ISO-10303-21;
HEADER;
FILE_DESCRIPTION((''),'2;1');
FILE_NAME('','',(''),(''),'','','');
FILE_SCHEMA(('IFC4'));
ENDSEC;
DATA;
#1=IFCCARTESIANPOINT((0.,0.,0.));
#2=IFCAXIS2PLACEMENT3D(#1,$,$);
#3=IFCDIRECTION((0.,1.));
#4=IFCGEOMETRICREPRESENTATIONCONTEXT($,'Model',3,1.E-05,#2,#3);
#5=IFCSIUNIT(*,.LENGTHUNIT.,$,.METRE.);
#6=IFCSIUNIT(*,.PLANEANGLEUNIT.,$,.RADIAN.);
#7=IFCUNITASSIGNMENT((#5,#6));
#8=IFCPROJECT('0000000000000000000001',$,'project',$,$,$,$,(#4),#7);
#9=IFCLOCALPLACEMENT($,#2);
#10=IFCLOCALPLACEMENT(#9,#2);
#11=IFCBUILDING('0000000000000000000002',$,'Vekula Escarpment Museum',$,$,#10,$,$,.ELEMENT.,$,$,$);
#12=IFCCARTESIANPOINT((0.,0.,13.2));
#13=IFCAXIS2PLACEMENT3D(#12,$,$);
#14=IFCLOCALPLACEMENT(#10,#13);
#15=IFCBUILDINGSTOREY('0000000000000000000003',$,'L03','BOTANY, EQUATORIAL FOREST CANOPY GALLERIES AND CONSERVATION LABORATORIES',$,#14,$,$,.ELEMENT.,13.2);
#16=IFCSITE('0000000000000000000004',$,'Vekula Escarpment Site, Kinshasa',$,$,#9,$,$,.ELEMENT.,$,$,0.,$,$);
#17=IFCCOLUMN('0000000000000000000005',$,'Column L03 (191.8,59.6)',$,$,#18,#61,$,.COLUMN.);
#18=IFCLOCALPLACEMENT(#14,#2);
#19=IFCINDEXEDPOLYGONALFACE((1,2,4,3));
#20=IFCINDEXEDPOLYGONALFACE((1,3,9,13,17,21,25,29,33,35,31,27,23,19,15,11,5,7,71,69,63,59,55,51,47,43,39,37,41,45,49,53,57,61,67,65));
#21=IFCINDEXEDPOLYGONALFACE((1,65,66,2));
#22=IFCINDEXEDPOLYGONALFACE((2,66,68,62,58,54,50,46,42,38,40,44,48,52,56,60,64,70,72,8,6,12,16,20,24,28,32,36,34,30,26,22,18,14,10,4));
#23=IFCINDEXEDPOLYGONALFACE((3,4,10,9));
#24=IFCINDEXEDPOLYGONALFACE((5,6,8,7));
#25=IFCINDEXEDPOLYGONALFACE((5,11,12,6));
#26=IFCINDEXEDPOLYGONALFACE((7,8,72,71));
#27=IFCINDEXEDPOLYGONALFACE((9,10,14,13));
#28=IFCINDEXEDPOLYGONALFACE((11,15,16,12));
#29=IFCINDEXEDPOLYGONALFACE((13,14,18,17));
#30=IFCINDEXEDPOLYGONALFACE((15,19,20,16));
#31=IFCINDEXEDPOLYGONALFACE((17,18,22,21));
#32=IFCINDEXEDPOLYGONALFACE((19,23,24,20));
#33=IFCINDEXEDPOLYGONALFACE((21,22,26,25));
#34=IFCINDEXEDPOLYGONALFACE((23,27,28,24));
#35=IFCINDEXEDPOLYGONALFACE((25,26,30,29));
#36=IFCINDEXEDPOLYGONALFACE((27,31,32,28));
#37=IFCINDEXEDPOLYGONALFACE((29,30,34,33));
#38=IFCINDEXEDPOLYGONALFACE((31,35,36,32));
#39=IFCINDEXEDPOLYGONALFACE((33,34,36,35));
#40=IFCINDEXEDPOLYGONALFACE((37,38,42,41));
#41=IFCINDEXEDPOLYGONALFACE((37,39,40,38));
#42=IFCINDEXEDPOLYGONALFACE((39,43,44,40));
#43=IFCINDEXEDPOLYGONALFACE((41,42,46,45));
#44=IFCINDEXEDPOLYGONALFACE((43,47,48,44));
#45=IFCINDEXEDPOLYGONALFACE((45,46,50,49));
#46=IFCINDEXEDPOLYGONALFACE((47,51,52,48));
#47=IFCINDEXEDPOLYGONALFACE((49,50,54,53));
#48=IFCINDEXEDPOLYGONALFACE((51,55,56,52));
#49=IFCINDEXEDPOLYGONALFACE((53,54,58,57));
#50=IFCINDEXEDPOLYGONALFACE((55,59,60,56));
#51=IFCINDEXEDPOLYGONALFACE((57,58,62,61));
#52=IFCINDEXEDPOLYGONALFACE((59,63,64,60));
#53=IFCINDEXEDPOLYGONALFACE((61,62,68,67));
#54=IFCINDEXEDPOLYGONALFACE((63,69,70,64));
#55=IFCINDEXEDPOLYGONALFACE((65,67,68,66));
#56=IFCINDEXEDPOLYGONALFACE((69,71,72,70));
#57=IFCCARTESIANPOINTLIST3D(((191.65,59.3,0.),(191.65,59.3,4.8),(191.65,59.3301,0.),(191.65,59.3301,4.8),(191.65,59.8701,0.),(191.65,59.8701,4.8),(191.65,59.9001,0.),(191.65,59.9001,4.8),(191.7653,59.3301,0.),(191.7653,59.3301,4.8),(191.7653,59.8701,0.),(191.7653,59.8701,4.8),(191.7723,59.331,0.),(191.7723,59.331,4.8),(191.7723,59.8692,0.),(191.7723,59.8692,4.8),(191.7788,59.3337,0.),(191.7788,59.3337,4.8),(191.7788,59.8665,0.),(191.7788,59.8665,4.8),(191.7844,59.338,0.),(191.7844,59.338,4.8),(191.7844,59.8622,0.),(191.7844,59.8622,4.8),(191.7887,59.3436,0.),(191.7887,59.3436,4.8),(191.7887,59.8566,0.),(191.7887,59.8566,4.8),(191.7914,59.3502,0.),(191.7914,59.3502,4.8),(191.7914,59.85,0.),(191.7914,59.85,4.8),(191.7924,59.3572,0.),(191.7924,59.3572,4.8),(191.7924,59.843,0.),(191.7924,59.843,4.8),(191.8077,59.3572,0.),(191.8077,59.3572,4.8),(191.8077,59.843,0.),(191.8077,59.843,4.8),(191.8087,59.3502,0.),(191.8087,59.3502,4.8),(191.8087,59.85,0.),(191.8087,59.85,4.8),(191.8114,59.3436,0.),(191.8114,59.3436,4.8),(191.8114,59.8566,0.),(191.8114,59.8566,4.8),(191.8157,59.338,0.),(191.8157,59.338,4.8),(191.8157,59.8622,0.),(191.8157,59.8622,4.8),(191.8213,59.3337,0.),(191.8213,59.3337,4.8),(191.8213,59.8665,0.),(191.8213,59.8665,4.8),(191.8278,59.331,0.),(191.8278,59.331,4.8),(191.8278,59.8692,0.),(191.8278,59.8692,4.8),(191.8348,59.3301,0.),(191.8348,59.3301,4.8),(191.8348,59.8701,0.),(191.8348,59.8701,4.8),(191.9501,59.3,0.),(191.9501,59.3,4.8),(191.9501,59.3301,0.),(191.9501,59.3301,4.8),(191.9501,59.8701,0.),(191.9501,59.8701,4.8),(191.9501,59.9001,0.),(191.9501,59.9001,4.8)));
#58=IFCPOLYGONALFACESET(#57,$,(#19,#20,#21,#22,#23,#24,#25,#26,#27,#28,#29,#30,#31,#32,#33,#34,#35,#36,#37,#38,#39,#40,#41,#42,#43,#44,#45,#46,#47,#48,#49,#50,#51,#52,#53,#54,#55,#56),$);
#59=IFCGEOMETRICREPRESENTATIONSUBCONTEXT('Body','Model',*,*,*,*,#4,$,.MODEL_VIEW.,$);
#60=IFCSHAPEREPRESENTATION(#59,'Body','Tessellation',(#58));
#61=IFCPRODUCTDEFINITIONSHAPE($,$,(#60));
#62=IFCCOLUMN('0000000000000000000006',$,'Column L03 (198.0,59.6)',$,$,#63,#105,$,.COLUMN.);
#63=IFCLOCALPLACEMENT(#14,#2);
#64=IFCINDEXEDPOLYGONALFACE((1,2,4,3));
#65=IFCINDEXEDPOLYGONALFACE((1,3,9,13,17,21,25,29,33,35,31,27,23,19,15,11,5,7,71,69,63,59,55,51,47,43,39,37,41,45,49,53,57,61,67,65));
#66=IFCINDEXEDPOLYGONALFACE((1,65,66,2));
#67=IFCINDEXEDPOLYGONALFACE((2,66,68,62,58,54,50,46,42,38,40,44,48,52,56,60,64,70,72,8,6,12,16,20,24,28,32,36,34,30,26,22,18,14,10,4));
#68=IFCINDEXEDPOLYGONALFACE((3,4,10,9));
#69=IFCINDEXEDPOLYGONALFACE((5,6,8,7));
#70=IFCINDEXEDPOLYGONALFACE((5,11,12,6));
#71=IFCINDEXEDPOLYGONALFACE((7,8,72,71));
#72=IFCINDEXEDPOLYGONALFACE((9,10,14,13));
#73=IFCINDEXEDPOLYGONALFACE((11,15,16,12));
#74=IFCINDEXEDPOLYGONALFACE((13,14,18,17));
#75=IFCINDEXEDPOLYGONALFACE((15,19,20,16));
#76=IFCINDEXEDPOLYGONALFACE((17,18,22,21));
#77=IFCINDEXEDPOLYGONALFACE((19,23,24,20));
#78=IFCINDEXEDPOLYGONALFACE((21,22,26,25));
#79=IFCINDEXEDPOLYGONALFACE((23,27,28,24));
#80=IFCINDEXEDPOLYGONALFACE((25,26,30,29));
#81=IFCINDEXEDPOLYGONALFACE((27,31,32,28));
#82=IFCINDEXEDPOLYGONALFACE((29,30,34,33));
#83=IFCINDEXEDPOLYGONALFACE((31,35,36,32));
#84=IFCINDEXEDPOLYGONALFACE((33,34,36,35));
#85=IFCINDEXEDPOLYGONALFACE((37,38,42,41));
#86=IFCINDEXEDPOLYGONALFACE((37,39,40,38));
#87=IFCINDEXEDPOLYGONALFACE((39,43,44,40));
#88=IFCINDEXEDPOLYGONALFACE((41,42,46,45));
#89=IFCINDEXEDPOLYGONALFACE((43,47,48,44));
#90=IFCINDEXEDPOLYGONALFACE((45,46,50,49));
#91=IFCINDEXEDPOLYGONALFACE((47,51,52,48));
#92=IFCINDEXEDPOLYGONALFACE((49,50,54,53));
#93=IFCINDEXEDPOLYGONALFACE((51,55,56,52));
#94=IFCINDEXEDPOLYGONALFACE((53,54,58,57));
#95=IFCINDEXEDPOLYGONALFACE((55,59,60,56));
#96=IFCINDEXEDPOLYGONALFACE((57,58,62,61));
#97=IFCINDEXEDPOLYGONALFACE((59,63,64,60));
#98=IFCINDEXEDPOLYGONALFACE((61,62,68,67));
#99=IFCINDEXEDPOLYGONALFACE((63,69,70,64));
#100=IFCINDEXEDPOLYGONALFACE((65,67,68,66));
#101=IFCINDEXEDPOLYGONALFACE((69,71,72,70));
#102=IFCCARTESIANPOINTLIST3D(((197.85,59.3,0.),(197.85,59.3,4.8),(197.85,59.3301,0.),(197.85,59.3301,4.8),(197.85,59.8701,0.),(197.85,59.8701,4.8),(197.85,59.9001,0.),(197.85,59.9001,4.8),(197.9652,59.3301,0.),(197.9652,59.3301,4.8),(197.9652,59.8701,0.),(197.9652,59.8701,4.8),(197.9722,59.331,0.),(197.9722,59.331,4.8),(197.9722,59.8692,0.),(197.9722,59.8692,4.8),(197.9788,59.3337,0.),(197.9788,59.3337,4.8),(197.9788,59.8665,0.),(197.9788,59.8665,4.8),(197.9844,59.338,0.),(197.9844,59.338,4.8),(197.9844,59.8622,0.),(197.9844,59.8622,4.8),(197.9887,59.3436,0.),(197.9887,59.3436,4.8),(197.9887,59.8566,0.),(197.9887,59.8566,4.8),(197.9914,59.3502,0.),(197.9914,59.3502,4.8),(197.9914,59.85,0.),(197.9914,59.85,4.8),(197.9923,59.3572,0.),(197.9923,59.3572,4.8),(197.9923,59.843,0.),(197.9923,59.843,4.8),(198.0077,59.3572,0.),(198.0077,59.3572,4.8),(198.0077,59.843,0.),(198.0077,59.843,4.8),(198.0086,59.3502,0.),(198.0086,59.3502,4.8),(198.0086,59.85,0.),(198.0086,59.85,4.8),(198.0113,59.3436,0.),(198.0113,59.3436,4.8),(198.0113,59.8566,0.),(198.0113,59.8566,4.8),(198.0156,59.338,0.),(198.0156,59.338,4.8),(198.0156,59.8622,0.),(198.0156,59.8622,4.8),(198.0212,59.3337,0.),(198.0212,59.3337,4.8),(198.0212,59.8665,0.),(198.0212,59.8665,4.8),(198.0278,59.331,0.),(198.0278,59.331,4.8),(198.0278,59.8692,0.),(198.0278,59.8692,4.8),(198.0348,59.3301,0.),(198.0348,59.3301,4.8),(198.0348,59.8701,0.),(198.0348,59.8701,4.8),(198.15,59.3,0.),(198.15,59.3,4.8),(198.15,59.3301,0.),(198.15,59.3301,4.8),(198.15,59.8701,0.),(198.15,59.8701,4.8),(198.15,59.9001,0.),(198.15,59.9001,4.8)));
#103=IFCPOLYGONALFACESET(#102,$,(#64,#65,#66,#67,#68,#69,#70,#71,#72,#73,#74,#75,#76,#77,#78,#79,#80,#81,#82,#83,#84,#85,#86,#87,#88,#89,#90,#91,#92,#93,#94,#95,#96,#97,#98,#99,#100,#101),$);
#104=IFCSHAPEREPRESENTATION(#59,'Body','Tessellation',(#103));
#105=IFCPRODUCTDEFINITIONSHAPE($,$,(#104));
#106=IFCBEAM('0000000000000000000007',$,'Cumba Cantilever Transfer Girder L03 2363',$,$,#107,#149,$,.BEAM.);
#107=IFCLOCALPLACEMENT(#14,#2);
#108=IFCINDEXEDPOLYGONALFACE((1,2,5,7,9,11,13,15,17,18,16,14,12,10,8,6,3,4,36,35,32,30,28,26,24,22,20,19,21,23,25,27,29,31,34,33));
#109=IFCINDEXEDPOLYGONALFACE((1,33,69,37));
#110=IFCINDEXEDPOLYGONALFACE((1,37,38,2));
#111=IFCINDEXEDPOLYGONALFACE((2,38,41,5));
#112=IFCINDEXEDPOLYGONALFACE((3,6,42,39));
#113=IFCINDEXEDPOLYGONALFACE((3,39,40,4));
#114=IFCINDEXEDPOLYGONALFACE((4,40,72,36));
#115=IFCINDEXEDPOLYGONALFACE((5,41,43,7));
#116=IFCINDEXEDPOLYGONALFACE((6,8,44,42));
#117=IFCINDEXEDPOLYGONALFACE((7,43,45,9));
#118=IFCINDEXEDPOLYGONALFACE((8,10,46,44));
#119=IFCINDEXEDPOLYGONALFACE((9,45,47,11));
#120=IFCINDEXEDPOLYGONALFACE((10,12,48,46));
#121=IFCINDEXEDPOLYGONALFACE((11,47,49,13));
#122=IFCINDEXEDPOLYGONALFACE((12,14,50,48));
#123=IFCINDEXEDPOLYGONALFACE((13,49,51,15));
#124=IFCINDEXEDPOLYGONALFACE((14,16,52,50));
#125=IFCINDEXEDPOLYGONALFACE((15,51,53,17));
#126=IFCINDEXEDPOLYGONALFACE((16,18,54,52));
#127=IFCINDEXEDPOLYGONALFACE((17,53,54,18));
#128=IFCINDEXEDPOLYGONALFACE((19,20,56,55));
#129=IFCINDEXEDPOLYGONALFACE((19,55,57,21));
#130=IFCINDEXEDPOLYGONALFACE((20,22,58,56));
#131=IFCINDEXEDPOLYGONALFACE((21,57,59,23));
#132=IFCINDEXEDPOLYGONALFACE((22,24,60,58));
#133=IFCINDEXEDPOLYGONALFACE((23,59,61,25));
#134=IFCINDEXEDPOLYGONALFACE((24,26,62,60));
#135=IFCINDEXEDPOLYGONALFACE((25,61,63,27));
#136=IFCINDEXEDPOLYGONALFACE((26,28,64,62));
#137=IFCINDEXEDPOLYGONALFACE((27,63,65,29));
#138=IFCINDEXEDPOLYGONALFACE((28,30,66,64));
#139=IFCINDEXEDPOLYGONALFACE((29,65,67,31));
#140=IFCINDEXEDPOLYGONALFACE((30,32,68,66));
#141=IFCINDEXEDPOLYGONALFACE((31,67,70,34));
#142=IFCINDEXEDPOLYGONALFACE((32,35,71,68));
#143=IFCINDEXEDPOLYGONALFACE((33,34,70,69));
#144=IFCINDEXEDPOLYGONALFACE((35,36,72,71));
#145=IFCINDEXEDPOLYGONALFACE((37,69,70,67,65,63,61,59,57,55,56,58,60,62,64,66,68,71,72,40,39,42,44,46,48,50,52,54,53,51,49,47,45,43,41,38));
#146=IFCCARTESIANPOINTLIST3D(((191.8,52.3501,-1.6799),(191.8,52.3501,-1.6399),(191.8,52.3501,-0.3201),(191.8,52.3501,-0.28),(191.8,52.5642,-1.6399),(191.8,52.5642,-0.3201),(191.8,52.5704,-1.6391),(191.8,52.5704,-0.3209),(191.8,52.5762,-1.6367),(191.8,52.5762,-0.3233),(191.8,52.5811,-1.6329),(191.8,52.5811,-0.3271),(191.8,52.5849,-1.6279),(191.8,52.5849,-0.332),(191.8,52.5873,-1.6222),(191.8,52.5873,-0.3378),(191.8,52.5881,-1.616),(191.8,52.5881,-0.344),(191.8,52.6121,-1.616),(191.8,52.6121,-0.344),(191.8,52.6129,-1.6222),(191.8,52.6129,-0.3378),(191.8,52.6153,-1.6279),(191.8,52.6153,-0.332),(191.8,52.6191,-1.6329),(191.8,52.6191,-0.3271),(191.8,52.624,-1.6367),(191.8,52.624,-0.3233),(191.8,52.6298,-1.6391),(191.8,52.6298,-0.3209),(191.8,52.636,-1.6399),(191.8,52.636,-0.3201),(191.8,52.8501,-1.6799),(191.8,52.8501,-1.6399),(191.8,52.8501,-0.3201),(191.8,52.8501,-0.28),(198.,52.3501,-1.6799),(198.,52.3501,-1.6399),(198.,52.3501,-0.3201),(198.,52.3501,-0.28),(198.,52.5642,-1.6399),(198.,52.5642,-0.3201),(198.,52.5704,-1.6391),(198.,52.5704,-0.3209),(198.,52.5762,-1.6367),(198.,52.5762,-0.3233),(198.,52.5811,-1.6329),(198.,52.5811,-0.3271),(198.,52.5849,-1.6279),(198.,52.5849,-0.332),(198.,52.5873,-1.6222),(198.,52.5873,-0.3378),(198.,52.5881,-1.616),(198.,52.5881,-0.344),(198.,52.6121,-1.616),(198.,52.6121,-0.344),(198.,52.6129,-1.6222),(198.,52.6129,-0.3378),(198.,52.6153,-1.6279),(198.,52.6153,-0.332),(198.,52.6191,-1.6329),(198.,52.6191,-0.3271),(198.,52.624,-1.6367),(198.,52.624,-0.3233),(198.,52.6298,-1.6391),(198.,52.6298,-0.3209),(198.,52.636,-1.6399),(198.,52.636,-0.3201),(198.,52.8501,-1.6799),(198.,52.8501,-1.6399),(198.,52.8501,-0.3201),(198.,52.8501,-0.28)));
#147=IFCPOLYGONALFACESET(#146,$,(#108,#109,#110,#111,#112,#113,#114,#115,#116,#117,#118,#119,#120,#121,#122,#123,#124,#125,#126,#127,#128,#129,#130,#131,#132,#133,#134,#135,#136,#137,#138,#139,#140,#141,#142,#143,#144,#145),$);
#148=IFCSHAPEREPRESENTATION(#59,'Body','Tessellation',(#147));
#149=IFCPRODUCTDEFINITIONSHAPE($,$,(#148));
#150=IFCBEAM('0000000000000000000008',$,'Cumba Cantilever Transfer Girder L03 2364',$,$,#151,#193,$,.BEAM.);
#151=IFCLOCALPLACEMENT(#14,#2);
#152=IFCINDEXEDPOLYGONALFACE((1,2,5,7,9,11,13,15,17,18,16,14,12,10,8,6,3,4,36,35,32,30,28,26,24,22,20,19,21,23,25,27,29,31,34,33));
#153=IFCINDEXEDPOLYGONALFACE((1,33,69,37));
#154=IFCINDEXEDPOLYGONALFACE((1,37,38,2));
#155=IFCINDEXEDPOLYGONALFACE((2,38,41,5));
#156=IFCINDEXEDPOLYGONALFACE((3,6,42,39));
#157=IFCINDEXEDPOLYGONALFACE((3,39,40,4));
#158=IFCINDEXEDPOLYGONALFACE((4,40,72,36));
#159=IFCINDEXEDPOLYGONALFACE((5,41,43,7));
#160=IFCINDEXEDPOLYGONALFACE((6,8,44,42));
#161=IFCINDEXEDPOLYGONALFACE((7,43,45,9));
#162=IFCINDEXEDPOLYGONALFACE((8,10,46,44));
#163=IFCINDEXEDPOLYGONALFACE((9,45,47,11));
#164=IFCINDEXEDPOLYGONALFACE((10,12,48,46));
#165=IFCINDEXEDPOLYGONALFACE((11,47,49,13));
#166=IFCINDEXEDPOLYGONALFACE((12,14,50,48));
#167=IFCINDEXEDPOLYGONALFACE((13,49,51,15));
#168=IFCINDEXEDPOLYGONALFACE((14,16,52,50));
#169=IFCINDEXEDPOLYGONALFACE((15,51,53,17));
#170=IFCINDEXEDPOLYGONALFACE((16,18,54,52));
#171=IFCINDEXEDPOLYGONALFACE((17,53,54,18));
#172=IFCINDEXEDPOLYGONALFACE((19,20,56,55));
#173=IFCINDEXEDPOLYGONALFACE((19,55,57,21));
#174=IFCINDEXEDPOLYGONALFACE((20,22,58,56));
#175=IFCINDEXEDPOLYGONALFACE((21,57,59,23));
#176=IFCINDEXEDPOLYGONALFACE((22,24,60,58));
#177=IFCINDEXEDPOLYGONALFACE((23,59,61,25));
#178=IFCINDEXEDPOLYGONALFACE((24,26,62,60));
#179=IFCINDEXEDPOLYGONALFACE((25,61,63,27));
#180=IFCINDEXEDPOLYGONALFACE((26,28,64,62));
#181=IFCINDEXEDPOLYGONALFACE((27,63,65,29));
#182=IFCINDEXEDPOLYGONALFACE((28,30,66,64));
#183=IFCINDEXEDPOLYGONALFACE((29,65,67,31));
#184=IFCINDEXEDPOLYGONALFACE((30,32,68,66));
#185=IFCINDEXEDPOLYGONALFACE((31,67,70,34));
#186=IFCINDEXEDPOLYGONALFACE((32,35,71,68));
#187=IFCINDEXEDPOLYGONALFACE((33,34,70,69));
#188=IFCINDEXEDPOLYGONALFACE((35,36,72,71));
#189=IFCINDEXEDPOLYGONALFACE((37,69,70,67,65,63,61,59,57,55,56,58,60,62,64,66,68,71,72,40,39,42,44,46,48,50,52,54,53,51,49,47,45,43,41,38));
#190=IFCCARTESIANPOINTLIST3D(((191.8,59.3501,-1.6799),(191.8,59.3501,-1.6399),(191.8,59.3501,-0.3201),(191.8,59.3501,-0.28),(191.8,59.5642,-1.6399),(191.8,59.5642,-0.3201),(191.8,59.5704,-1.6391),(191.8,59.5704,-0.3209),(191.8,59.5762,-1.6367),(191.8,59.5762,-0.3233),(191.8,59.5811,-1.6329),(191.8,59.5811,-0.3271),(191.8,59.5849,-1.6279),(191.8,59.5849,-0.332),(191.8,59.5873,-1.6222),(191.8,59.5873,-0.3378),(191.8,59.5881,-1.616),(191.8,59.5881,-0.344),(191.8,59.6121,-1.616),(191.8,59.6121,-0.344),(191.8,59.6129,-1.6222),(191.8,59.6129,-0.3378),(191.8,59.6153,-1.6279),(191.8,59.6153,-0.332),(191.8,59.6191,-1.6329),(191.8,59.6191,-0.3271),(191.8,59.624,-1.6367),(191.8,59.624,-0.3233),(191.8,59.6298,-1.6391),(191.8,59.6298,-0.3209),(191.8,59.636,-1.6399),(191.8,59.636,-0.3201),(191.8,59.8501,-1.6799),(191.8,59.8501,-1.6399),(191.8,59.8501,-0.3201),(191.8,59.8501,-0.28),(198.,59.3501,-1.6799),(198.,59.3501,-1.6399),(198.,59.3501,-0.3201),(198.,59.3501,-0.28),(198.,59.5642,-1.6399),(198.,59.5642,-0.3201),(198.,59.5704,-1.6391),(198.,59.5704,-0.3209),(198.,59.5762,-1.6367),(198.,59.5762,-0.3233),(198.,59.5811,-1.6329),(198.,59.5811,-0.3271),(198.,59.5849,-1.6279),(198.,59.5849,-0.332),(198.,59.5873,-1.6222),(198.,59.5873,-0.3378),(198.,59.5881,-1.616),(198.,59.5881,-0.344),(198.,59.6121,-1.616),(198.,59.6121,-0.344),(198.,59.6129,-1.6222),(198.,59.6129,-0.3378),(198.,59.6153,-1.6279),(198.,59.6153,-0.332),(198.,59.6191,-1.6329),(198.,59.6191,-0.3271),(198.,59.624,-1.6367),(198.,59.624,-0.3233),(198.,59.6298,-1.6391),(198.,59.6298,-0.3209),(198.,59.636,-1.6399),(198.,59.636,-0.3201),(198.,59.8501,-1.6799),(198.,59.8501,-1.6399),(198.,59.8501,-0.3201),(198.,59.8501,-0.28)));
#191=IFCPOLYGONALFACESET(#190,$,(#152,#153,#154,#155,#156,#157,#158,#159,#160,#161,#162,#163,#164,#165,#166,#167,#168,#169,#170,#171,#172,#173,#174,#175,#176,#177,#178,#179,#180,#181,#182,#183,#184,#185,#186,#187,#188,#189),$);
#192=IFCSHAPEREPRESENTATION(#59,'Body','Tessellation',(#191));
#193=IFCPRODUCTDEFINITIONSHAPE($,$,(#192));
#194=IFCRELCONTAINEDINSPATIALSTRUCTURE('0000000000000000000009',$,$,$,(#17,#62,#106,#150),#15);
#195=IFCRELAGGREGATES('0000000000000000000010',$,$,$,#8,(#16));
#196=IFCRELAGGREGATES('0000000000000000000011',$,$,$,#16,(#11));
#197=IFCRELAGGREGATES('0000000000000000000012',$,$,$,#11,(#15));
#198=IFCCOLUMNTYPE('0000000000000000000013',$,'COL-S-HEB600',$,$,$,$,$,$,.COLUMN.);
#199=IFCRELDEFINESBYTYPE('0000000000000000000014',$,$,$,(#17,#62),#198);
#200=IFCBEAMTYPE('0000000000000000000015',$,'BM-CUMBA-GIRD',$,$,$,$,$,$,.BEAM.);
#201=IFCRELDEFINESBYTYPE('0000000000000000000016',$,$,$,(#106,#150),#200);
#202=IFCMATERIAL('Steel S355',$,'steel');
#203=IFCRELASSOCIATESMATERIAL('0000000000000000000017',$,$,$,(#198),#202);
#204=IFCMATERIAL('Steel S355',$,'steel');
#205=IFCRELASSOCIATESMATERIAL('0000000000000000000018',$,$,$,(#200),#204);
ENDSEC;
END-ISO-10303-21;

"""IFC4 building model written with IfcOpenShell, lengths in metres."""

from ifc_helpers import new_model, si_unit, direction, frame, origin, origin_2d, place, context, subcontext, project, spatial, i_section, extrude, material, material_profile, profile_set, type_object, element, save


model = new_model("IFC4")

# Units and contexts
model_context = context("Model", 3, precision=1e-05, world=origin(), true_north=direction((0.0, 1.0)))
body_context = subcontext(model_context, "Body", "Model", "MODEL_VIEW")
ifc_project = project(units=[si_unit("LENGTHUNIT", "METRE"), si_unit("PLANEANGLEUNIT", "RADIAN")], contexts=[model_context])

# Site, building, storey
site_placement = place(None, origin())
site = spatial("IfcSite", under=ifc_project, at=site_placement, Name="Vekula Escarpment Site, Kinshasa", CompositionType="ELEMENT", RefElevation=0.0)
building_placement = place(site_placement, origin())
building = spatial("IfcBuilding", under=site, at=building_placement, Name="Vekula Escarpment Museum", CompositionType="ELEMENT")
storey_placement = place(building_placement, frame((0.0, 0.0, 13.2)))
storey = spatial("IfcBuildingStorey", under=building, at=storey_placement, Name="L03", Description="BOTANY, EQUATORIAL FOREST CANOPY GALLERIES AND CONSERVATION LABORATORIES", CompositionType="ELEMENT", Elevation=13.2)

# Columns
ifc_material_1 = material(Name="Steel S355", Category="steel")
ifc_material_profile_1 = material_profile(ifc_material_1, i_section(OverallWidth=0.3, OverallDepth=0.6001, WebThickness=0.0154, FlangeThickness=0.03, FilletRadius=0.0271, at=origin_2d()), Name="HEB 600")
ifc_profile_set_1 = profile_set([ifc_material_profile_1], Name="Steel S355")
column_type = type_object("IfcColumnType", Name="COL-S-HEB600", PredefinedType="COLUMN", material=ifc_profile_set_1)
for number, where, z_axis, x_axis, name in (
    (1, (191.8, 59.6001, 0.0), (0.0, 0.0, 1.0), (1.0, 0.0, 0.0), "Column L03 (191.8,59.6)"),
    (2, (198.0, 59.6001, 0.0), (0.0, 0.0, 1.0), (1.0, 0.0, 0.0), "Column L03 (198.0,59.6)"),
):
    element("IfcColumn", number, at=place(storey_placement, frame(where, z_axis=z_axis, x_axis=x_axis)), inside=storey, type_object=column_type, Name=name, PredefinedType="COLUMN", context=body_context, shape_type="SweptSolid", body=[
        extrude(i_section(OverallWidth=0.3, OverallDepth=0.6001, WebThickness=0.0154, FlangeThickness=0.03, FilletRadius=0.0271, at=origin_2d()), origin(), (0.0, 0.0, 1.0), 4.8),
    ])

# Beams
ifc_material_2 = material(Name="Steel S355", Category="steel")
ifc_material_profile_2 = material_profile(ifc_material_2, i_section(OverallWidth=0.5, OverallDepth=1.3999, WebThickness=0.0239, FlangeThickness=0.04, FilletRadius=0.0239, at=origin_2d()), Name="WPG 1400x500")
ifc_profile_set_2 = profile_set([ifc_material_profile_2], Name="Steel S355")
beam_type_1 = type_object("IfcBeamType", Name="BM-CUMBA-GIRD", PredefinedType="BEAM", material=ifc_profile_set_2)
for number, where, z_axis, x_axis, name in (
    (3, (191.8, 52.6001, -0.98), (1.0, 0.0, 0.0), (0.0, 1.0, 0.0), "Cumba Cantilever Transfer Girder L03 2363"),
    (4, (191.8, 59.6001, -0.98), (1.0, 0.0, 0.0), (0.0, 1.0, 0.0), "Cumba Cantilever Transfer Girder L03 2364"),
):
    element("IfcBeam", number, at=place(storey_placement, frame(where, z_axis=z_axis, x_axis=x_axis)), inside=storey, type_object=beam_type_1, Name=name, PredefinedType="BEAM", context=body_context, shape_type="SweptSolid", body=[
        extrude(i_section(OverallWidth=0.5, OverallDepth=1.3999, WebThickness=0.0239, FlangeThickness=0.04, FilletRadius=0.0239, at=origin_2d()), origin(), (0.0, 0.0, 1.0), 6.2),
    ])

save(model, "model.ifc")
